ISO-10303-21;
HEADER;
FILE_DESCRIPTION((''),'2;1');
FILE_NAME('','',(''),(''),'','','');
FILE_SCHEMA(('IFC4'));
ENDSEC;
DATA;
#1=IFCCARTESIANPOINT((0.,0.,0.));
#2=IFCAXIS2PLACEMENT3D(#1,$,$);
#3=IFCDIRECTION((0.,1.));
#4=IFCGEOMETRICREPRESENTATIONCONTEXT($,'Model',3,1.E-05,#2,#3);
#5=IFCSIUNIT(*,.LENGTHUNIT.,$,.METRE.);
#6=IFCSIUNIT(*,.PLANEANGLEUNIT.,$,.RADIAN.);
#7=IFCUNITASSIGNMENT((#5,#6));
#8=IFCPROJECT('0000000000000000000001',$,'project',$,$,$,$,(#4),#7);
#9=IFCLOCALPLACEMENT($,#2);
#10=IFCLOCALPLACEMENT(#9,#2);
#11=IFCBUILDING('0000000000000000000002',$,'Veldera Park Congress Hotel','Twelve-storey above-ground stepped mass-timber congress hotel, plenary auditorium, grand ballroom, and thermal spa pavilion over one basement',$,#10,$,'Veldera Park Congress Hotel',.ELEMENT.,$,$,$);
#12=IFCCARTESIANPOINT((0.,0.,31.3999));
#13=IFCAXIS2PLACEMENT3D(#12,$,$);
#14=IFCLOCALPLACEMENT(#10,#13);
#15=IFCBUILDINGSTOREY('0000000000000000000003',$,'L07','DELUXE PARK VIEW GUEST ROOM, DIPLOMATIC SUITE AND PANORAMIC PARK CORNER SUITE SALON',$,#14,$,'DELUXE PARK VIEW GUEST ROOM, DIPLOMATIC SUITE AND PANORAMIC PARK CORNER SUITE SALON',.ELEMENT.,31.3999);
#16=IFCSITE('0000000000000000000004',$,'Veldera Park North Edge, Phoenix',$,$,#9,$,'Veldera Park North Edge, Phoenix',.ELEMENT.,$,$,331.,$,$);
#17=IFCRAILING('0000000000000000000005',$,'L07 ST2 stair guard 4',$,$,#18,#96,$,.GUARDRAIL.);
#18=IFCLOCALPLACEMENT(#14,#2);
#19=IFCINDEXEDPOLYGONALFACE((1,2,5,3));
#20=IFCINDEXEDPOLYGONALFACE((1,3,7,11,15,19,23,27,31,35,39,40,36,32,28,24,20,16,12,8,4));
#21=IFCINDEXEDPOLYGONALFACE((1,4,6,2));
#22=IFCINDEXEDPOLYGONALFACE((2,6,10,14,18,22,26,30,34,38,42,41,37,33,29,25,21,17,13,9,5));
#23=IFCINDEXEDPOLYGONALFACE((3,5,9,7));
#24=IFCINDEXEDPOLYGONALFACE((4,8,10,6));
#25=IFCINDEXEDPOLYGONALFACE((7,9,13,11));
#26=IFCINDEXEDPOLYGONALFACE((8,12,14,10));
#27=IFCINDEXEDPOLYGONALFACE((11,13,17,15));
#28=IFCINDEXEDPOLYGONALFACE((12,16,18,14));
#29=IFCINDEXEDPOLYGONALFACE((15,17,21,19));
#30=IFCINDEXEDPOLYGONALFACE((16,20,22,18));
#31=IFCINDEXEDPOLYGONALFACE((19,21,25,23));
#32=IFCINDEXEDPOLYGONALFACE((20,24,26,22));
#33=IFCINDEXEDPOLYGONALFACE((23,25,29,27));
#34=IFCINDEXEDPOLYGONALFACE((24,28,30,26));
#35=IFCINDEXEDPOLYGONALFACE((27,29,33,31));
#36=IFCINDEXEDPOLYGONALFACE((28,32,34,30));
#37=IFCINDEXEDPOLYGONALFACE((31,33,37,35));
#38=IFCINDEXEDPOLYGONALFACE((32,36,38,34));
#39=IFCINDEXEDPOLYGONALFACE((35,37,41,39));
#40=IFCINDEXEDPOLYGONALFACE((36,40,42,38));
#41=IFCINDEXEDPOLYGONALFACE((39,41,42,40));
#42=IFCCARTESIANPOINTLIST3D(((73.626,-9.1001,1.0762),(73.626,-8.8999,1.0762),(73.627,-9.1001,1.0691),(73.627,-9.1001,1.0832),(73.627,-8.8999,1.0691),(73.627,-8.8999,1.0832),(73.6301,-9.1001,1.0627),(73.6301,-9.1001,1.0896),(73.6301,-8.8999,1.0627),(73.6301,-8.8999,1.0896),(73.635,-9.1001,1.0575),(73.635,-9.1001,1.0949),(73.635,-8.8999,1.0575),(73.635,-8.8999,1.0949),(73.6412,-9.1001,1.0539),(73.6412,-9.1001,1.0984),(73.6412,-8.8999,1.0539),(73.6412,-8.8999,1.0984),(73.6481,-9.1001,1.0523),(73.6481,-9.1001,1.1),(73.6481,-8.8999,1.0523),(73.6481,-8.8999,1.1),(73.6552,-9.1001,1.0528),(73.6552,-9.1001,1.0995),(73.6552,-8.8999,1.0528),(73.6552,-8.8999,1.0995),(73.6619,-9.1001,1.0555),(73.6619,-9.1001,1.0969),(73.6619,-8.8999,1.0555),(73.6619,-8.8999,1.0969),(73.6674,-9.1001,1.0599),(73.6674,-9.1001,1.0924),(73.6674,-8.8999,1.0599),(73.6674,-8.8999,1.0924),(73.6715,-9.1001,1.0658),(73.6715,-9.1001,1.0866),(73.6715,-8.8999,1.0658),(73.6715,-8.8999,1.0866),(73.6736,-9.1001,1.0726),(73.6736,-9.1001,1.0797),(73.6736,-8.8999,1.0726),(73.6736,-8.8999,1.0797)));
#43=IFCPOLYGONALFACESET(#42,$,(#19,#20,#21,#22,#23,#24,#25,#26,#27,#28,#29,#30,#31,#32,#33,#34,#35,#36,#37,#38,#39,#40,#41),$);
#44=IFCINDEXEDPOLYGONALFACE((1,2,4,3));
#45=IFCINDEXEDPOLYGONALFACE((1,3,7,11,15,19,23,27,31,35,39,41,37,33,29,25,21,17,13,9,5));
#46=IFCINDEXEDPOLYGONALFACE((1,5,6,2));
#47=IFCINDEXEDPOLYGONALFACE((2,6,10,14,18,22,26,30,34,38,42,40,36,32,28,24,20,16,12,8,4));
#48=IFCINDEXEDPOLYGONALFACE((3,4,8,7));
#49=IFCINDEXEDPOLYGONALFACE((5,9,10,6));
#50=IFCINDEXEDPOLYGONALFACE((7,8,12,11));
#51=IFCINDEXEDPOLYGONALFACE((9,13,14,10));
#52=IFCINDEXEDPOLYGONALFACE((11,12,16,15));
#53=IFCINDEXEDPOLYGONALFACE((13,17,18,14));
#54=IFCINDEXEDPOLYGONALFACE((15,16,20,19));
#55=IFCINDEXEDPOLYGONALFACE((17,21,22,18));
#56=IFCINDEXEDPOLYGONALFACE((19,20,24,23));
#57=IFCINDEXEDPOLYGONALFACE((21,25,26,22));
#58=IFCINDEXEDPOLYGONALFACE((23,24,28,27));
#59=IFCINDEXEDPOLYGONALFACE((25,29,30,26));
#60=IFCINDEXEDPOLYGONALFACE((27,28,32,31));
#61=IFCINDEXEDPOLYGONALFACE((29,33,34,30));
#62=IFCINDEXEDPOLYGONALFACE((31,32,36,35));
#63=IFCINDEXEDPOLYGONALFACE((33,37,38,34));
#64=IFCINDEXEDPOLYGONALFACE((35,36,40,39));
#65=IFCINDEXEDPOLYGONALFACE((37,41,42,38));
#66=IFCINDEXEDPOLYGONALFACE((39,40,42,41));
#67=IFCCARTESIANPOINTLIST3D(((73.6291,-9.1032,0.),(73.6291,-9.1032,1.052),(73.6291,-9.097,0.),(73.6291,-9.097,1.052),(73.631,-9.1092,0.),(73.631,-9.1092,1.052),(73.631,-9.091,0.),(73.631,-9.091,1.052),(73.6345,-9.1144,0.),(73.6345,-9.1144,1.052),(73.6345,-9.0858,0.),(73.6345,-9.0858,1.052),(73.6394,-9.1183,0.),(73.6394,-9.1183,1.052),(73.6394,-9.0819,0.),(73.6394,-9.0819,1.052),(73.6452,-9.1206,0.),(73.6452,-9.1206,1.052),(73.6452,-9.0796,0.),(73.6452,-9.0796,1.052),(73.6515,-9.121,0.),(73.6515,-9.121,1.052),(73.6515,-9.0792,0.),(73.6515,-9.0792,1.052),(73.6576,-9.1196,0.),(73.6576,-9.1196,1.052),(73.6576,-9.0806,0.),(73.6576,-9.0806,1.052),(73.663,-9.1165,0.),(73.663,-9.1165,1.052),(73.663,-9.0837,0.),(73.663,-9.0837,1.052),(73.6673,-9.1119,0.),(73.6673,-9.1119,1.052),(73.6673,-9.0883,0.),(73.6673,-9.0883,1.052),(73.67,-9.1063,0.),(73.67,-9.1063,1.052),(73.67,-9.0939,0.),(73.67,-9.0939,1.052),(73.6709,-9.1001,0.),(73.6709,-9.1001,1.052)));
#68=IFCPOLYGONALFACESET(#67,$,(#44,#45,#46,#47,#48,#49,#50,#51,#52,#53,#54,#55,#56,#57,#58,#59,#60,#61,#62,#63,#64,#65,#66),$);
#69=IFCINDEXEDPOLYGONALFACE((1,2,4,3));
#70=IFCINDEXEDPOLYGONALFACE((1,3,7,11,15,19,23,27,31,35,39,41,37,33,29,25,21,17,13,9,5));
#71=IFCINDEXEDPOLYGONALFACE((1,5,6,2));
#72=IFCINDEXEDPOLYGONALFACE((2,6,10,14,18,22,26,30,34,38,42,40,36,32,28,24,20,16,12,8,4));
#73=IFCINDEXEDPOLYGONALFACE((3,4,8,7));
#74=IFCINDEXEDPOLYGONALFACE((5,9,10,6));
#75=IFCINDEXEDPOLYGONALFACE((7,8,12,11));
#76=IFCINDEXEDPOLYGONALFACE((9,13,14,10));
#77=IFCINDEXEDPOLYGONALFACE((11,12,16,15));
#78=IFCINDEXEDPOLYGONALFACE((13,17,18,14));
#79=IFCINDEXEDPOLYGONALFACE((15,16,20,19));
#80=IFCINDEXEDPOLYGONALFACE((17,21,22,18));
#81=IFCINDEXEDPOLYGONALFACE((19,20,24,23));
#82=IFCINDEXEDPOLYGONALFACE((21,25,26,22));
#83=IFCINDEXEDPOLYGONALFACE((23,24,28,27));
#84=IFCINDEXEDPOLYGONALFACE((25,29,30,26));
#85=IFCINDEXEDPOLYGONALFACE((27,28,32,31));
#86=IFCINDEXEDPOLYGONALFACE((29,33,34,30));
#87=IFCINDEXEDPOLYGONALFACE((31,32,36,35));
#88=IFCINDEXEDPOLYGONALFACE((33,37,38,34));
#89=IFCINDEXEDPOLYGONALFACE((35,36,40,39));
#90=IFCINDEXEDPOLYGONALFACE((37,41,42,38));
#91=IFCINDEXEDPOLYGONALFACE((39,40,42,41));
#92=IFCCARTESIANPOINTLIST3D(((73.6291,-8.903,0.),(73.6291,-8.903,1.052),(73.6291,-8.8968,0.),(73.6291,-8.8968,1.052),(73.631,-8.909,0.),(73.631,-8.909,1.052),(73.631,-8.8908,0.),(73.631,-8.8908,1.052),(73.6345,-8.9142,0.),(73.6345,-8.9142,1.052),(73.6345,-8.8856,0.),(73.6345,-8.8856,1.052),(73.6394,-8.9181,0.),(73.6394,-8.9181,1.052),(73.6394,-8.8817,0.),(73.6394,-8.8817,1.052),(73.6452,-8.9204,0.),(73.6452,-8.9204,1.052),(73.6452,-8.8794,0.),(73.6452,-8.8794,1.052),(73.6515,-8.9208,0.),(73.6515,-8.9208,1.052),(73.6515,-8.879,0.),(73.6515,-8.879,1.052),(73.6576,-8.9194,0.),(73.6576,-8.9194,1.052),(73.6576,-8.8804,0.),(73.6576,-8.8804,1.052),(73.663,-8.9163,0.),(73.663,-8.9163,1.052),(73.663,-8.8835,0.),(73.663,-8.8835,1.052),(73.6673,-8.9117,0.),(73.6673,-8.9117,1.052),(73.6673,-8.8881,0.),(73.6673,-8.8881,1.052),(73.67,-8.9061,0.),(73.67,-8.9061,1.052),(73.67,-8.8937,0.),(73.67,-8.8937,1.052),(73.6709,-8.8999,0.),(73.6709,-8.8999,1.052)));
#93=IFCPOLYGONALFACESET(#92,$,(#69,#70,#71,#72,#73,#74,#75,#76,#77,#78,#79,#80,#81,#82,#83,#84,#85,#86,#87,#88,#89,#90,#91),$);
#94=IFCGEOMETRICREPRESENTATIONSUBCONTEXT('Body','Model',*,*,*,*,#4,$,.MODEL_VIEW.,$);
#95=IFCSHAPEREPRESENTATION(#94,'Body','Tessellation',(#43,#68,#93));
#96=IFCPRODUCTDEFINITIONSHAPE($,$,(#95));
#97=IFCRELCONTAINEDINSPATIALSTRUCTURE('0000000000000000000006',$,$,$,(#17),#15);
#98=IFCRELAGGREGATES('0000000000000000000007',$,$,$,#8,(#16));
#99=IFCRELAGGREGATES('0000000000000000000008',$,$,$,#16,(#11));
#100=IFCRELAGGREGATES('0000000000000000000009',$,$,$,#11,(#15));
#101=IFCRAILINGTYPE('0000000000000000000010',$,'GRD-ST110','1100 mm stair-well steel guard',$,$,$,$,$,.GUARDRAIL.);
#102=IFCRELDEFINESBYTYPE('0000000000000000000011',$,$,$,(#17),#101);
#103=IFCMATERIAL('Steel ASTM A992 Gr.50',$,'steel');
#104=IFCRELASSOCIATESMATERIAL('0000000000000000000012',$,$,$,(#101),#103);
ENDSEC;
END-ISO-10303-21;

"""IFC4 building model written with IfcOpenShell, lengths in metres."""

from ifc_helpers import new_model, si_unit, direction, frame, origin, origin_2d, place, context, subcontext, project, spatial, circle, extrude, material, type_object, element, save


model = new_model("IFC4")

# Units and contexts
model_context = context("Model", 3, precision=1e-05, world=origin(), true_north=direction((0.0, 1.0)))
body_context = subcontext(model_context, "Body", "Model", "MODEL_VIEW")
ifc_project = project(units=[si_unit("LENGTHUNIT", "METRE"), si_unit("PLANEANGLEUNIT", "RADIAN")], contexts=[model_context])

# Site, building, storey
site_placement = place(None, origin())
site = spatial("IfcSite", under=ifc_project, at=site_placement, Name="Veldera Park North Edge, Phoenix", LongName="Veldera Park North Edge, Phoenix", CompositionType="ELEMENT", RefElevation=331.0)
building_placement = place(site_placement, origin())
building = spatial("IfcBuilding", under=site, at=building_placement, Name="Veldera Park Congress Hotel", Description="Twelve-storey above-ground stepped mass-timber congress hotel, plenary auditorium, grand ballroom, and thermal spa pavilion over one basement", LongName="Veldera Park Congress Hotel", CompositionType="ELEMENT")
storey_placement = place(building_placement, frame((0.0, 0.0, 31.3999)))
storey = spatial("IfcBuildingStorey", under=building, at=storey_placement, Name="L07", Description="DELUXE PARK VIEW GUEST ROOM, DIPLOMATIC SUITE AND PANORAMIC PARK CORNER SUITE SALON", LongName="DELUXE PARK VIEW GUEST ROOM, DIPLOMATIC SUITE AND PANORAMIC PARK CORNER SUITE SALON", CompositionType="ELEMENT", Elevation=31.3999)

# Railing
ifc_material_1 = material(Name="Steel ASTM A992 Gr.50", Category="steel")
railing_type_1 = type_object("IfcRailingType", Name="GRD-ST110", Description="1100 mm stair-well steel guard", PredefinedType="GUARDRAIL", material=ifc_material_1)
railing_1_placement = place(storey_placement, frame((73.6499, -9.1001, 0.0)))
element("IfcRailing", 1, at=railing_1_placement, inside=storey, type_object=railing_type_1, Name="L07 ST2 stair guard 4", PredefinedType="GUARDRAIL", context=body_context, shape_type="SweptSolid", body=[
    extrude(circle(Radius=0.0239, at=origin_2d()), frame((0.0, 0.0, 1.0762), z_axis=(0.0, 1.0, 0.0), x_axis=(-1.0, 0.0, 0.0)), (0.0, 0.0, 1.0), 0.2002),
    extrude(circle(Radius=0.021, at=origin_2d()), origin(), (0.0, 0.0, 1.0), 1.052),
    extrude(circle(Radius=0.021, at=origin_2d()), frame((0.0, 0.2002, 0.0)), (0.0, 0.0, 1.0), 1.052),
])

save(model, "model.ifc")
